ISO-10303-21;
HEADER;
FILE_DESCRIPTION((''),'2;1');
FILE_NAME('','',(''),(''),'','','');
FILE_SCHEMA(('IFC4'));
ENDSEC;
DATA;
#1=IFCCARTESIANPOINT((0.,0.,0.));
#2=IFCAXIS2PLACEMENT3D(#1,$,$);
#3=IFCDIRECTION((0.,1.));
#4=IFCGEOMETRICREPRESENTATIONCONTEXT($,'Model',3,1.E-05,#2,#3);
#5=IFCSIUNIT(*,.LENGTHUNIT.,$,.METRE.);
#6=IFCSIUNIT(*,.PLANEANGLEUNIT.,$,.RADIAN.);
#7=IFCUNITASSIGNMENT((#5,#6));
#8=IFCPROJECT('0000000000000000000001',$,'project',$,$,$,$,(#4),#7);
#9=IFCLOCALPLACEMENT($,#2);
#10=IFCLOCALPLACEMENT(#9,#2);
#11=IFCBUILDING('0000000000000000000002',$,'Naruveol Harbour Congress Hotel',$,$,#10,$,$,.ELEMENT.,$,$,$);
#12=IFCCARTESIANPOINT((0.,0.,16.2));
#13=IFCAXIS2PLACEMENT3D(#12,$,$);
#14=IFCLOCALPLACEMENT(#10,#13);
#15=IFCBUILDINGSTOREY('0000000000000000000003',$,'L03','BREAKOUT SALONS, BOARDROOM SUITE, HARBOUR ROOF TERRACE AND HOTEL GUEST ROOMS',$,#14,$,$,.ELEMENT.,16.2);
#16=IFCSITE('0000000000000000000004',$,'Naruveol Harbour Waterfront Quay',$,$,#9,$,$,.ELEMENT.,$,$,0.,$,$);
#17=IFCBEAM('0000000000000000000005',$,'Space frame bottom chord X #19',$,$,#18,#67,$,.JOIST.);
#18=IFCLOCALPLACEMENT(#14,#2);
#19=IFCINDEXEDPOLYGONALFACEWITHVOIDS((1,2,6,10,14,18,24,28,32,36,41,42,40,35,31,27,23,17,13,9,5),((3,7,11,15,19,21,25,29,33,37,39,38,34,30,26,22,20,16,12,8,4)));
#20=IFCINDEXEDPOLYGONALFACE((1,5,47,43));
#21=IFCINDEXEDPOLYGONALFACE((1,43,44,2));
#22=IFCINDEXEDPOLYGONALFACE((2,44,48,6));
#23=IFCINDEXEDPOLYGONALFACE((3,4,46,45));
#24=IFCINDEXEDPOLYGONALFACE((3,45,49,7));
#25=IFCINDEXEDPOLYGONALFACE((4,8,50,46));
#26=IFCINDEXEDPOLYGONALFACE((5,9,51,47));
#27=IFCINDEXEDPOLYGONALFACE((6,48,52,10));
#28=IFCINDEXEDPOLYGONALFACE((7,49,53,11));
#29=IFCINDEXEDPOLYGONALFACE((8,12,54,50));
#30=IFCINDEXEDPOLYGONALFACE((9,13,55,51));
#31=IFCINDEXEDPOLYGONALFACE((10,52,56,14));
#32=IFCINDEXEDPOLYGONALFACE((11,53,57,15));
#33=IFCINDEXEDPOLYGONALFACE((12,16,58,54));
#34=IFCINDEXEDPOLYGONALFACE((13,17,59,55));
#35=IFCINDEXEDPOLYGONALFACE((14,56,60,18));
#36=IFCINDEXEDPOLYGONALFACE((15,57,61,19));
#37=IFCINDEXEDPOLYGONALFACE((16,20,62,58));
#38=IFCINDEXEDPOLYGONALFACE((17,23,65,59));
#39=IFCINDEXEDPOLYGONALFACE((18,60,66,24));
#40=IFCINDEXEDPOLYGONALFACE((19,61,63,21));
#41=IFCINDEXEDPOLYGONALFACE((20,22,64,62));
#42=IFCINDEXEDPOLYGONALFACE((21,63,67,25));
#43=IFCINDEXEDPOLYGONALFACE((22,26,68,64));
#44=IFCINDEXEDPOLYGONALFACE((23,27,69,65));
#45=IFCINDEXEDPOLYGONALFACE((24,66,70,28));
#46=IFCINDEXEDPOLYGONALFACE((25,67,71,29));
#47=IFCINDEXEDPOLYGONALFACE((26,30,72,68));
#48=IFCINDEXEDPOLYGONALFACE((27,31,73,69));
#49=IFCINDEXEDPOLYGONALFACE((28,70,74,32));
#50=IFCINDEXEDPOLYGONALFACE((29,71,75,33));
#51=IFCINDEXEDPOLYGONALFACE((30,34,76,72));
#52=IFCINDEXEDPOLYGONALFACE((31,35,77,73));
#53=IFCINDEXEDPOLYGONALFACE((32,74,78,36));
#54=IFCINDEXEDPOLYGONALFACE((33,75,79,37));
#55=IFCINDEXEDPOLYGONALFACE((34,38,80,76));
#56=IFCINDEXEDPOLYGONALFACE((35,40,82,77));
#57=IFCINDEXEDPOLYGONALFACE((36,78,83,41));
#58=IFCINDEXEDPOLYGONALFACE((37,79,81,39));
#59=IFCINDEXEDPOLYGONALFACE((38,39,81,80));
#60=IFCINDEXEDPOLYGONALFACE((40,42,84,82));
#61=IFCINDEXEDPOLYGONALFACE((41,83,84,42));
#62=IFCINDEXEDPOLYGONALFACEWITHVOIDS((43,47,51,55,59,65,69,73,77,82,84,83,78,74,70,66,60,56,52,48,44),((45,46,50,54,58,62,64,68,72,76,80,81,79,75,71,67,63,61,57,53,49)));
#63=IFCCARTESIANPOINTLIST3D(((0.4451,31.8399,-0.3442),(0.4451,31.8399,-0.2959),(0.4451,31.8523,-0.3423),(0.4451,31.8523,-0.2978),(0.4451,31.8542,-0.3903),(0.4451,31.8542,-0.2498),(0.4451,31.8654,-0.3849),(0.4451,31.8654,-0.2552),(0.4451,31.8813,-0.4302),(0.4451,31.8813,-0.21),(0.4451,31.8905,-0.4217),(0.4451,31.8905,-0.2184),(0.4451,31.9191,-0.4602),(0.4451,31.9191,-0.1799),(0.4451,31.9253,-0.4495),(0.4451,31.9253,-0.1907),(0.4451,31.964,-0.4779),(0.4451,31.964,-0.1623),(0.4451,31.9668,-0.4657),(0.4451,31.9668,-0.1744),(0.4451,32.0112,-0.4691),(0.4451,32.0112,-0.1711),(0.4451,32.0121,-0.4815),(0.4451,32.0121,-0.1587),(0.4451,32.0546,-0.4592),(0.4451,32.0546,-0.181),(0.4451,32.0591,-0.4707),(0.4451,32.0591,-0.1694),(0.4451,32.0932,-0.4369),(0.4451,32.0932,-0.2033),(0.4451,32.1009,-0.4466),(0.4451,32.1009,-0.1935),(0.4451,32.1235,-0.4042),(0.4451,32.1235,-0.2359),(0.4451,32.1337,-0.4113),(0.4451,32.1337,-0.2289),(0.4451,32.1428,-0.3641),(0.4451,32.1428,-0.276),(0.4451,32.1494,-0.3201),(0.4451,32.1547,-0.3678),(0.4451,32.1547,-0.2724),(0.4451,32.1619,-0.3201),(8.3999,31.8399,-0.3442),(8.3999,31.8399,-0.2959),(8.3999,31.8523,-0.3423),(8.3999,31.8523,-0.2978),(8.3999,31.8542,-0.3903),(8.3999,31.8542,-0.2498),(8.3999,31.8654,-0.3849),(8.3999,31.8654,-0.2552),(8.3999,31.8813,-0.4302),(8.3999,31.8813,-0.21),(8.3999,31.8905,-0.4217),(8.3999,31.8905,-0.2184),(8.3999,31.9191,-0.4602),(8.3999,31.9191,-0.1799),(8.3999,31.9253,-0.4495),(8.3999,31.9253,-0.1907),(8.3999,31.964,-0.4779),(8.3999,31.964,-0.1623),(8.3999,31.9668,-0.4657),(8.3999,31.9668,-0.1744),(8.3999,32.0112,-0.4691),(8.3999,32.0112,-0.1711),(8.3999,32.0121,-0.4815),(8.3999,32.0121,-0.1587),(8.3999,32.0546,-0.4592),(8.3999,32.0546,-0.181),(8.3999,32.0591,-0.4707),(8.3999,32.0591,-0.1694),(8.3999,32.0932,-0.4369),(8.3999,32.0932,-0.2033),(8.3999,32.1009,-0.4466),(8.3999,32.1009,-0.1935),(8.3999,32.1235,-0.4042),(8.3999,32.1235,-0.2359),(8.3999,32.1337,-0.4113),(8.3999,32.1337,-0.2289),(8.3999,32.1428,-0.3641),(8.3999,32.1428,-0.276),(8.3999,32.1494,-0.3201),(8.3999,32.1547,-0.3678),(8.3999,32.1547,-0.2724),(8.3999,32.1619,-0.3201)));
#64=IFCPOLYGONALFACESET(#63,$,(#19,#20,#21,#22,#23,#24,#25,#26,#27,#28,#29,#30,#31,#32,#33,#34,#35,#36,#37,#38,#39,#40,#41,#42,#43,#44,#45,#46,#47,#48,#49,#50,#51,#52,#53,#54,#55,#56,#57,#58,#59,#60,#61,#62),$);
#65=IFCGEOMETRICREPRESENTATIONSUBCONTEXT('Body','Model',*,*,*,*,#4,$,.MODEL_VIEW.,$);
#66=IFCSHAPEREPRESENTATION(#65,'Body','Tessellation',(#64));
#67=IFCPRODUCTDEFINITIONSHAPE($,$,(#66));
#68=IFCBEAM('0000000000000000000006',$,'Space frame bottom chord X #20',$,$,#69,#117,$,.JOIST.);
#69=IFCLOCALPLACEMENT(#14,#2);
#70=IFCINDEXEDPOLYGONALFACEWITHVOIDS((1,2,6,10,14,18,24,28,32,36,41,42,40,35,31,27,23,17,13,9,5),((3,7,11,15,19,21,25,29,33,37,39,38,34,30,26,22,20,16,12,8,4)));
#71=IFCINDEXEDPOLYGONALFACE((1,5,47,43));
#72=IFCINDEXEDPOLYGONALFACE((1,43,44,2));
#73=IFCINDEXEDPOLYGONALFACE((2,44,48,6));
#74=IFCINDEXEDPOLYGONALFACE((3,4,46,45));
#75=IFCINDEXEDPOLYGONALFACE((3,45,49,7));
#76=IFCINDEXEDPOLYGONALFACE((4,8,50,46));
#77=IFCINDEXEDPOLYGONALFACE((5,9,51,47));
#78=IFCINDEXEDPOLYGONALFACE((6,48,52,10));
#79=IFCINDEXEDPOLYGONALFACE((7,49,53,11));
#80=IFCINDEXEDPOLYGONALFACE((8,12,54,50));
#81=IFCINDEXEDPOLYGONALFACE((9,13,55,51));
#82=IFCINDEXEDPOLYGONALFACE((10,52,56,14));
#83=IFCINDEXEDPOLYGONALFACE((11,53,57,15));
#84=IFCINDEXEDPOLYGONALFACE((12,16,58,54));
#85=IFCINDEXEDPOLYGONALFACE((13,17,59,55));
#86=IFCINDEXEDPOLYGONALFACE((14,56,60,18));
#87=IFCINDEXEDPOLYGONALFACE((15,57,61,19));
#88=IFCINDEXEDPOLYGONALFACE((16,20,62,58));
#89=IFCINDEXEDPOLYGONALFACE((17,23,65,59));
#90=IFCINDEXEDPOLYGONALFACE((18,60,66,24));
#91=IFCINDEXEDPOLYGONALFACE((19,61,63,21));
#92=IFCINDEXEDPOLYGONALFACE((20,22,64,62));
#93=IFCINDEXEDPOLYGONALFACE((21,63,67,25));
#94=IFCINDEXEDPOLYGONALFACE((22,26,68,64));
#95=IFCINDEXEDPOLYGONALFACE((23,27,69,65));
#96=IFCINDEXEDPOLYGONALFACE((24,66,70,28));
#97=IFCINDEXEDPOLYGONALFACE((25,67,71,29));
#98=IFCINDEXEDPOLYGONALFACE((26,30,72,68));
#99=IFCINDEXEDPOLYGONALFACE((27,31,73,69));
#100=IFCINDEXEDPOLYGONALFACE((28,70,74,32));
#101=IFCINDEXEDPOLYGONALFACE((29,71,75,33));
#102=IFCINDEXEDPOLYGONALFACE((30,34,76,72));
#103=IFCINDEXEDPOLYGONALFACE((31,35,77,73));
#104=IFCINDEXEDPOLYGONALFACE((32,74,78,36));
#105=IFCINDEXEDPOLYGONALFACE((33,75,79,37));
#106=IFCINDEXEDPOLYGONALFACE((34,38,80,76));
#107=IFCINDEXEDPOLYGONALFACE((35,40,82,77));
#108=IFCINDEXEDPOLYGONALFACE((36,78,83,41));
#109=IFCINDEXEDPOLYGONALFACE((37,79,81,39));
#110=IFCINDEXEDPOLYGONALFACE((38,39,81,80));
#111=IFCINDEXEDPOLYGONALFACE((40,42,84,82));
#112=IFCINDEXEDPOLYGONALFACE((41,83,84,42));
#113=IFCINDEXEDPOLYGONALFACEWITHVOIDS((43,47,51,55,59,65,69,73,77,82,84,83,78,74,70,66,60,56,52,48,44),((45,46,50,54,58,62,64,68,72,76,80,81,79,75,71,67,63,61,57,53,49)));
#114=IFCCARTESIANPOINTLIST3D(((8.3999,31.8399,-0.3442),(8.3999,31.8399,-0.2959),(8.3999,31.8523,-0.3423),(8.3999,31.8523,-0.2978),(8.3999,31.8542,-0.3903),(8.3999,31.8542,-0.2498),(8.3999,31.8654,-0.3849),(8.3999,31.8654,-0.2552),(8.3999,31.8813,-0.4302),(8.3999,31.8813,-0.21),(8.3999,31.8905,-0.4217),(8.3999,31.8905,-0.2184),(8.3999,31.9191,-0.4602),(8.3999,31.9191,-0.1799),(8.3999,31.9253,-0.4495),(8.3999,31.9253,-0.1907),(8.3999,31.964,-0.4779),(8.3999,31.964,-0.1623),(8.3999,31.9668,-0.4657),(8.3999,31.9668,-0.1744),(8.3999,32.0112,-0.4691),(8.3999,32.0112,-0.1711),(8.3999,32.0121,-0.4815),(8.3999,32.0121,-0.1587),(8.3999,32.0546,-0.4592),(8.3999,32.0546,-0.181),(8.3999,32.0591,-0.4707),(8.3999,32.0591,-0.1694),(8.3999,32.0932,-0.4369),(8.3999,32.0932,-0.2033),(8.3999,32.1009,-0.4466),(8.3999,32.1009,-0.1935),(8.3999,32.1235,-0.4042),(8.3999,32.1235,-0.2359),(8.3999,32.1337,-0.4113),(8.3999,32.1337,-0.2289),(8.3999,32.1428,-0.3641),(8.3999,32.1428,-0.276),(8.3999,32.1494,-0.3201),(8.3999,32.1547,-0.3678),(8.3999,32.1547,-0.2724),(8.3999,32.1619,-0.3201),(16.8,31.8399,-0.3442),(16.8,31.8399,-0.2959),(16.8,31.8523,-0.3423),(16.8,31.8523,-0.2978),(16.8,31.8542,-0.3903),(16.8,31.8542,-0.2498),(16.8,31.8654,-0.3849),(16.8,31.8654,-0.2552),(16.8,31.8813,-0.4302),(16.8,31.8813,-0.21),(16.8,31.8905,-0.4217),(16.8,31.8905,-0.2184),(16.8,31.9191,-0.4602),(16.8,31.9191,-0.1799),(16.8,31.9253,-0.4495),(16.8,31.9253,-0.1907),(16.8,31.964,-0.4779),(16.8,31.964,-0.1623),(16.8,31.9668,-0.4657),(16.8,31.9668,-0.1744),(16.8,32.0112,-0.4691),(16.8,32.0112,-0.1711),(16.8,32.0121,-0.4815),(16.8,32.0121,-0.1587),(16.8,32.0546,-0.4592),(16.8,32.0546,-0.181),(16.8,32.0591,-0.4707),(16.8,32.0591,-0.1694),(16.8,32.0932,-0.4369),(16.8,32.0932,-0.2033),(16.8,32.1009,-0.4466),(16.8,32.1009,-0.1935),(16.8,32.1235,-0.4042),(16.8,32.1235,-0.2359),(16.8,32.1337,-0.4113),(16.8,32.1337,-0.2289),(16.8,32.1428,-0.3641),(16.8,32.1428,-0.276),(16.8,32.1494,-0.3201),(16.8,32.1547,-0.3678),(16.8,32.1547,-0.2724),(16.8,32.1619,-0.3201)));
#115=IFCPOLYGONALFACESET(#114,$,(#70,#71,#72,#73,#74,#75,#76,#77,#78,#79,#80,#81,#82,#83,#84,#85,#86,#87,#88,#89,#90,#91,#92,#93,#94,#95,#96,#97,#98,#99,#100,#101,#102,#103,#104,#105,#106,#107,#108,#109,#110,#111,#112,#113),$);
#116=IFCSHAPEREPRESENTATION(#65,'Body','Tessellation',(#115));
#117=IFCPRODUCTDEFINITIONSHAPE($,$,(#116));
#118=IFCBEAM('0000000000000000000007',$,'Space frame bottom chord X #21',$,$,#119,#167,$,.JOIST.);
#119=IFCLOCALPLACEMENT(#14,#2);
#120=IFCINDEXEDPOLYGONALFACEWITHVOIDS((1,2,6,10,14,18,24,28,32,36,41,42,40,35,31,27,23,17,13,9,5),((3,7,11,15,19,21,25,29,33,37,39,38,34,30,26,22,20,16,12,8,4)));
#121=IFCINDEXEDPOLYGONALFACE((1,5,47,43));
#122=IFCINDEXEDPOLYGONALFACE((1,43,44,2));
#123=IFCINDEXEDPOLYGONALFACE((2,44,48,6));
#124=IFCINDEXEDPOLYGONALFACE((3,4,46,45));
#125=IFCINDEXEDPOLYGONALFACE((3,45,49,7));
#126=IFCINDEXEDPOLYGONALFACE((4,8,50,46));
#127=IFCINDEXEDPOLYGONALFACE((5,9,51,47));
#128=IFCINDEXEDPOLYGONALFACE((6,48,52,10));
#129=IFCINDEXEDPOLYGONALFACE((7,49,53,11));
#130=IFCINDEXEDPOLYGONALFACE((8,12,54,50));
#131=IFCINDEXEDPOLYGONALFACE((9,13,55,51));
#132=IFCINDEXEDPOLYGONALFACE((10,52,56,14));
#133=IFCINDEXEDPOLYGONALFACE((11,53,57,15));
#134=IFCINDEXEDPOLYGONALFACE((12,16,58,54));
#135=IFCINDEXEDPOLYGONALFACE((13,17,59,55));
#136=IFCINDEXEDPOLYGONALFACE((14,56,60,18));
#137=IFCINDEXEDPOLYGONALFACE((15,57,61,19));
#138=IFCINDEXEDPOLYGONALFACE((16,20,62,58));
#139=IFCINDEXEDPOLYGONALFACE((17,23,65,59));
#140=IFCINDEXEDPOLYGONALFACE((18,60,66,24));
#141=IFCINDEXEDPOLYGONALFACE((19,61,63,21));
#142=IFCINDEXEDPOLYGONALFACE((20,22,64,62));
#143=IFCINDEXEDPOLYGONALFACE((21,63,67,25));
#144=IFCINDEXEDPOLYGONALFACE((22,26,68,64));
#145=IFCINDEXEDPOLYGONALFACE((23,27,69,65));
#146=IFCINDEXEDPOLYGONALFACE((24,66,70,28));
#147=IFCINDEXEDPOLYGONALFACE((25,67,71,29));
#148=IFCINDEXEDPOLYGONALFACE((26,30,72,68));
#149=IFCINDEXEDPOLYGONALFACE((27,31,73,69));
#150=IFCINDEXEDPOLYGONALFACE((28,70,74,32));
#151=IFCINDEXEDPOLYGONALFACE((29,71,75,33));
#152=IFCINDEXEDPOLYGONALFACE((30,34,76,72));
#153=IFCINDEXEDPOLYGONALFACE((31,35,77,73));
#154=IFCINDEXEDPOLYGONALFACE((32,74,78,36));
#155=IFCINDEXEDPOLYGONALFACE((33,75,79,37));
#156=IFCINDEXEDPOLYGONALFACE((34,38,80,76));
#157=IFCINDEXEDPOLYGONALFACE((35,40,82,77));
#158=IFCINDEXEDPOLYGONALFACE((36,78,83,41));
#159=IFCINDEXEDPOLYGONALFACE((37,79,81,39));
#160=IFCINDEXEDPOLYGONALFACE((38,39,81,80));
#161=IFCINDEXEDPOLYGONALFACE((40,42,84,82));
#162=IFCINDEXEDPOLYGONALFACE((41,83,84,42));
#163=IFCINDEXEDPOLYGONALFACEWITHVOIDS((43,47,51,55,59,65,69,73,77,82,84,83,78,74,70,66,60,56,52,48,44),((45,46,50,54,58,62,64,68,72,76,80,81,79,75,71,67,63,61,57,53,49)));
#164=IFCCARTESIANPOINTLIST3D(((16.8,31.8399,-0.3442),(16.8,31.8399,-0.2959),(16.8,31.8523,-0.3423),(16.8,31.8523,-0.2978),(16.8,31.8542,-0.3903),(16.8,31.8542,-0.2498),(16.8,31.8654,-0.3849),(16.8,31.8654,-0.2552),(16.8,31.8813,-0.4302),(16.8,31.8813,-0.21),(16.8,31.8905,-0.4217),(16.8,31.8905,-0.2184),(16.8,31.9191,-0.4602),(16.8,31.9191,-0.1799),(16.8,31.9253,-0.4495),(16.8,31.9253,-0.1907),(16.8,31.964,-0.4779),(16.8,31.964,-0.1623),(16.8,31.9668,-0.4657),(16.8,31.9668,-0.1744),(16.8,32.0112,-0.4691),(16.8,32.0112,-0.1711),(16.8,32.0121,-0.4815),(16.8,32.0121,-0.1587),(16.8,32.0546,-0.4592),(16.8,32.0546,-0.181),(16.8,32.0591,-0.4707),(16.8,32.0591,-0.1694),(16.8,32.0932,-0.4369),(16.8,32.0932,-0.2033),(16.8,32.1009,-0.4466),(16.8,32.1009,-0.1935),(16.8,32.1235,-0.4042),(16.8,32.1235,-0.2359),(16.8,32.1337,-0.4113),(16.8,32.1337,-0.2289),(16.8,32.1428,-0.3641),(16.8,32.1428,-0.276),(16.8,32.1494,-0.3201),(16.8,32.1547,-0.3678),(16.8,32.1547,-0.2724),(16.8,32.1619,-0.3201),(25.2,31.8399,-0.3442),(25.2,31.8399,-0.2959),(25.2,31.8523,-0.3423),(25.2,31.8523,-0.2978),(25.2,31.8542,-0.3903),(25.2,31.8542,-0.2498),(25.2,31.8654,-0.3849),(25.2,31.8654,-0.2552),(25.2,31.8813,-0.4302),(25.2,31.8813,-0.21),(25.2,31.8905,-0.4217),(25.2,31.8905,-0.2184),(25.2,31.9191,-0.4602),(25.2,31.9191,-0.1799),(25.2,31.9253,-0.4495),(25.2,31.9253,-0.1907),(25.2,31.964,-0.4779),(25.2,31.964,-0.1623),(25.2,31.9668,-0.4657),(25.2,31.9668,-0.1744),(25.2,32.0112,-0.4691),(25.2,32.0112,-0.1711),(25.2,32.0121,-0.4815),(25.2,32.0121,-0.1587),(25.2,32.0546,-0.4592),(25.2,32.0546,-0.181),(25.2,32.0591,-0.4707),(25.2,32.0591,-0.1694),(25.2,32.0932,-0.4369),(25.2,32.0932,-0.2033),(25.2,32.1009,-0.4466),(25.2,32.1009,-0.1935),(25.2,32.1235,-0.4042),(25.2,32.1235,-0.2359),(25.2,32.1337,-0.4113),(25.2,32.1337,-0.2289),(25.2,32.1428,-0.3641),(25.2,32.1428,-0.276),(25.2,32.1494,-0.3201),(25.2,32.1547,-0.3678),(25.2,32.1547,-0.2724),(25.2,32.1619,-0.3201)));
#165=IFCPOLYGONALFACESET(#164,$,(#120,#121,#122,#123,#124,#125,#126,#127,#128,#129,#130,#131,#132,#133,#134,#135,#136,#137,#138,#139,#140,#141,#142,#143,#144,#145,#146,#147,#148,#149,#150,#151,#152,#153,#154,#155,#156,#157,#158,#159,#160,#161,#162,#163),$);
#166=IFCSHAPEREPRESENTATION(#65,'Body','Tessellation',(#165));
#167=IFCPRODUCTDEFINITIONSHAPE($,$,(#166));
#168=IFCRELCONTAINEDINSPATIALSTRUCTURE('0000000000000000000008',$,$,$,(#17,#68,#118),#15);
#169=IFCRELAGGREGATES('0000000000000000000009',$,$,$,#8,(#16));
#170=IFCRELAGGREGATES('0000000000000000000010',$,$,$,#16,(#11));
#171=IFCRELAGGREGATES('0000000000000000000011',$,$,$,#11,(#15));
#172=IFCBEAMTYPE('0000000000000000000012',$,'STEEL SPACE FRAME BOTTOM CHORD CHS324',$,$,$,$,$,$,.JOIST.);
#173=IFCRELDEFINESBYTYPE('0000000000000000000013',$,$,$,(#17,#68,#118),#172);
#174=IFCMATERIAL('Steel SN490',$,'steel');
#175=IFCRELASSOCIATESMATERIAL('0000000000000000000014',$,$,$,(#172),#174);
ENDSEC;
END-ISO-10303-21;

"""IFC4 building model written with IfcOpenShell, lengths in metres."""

from ifc_helpers import new_model, si_unit, direction, frame, origin, origin_2d, place, context, subcontext, project, spatial, hollow_circle, extrude, material, material_profile, profile_set, type_object, element, save


model = new_model("IFC4")

# Units and contexts
model_context = context("Model", 3, precision=1e-05, world=origin(), true_north=direction((0.0, 1.0)))
body_context = subcontext(model_context, "Body", "Model", "MODEL_VIEW")
ifc_project = project(units=[si_unit("LENGTHUNIT", "METRE"), si_unit("PLANEANGLEUNIT", "RADIAN")], contexts=[model_context])

# Site, building, storey
site_placement = place(None, origin())
site = spatial("IfcSite", under=ifc_project, at=site_placement, Name="Naruveol Harbour Waterfront Quay", CompositionType="ELEMENT", RefElevation=0.0)
building_placement = place(site_placement, origin())
building = spatial("IfcBuilding", under=site, at=building_placement, Name="Naruveol Harbour Congress Hotel", CompositionType="ELEMENT")
storey_placement = place(building_placement, frame((0.0, 0.0, 16.2)))
storey = spatial("IfcBuildingStorey", under=building, at=storey_placement, Name="L03", Description="BREAKOUT SALONS, BOARDROOM SUITE, HARBOUR ROOF TERRACE AND HOTEL GUEST ROOMS", CompositionType="ELEMENT", Elevation=16.2)

# Beams
ifc_material_1 = material(Name="Steel SN490", Category="steel")
ifc_material_profile_1 = material_profile(ifc_material_1, hollow_circle(Radius=0.1619, WallThickness=0.0125, at=origin_2d()), Name="CHS-323.9x12.5")
ifc_profile_set_1 = profile_set([ifc_material_profile_1], Name="Steel SN490")
beam_type_1 = type_object("IfcBeamType", Name="STEEL SPACE FRAME BOTTOM CHORD CHS324", PredefinedType="JOIST", material=ifc_profile_set_1)
beam_1_placement = place(storey_placement, frame((0.4451, 32.0, -0.3201), z_axis=(1.0, 0.0, 0.0), x_axis=(0.0, 1.0, 0.0)))
element("IfcBeam", 1, at=beam_1_placement, inside=storey, type_object=beam_type_1, Name="Space frame bottom chord X #19", PredefinedType="JOIST", context=body_context, shape_type="SweptSolid", body=[
    extrude(hollow_circle(Radius=0.1619, WallThickness=0.0125, at=origin_2d()), origin(), (0.0, 0.0, 1.0), 7.9548),
])
beam_2_placement = place(storey_placement, frame((8.3999, 32.0, -0.3201), z_axis=(1.0, 0.0, 0.0), x_axis=(0.0, 1.0, 0.0)))
element("IfcBeam", 2, at=beam_2_placement, inside=storey, type_object=beam_type_1, Name="Space frame bottom chord X #20", PredefinedType="JOIST", context=body_context, shape_type="SweptSolid", body=[
    extrude(hollow_circle(Radius=0.1619, WallThickness=0.0125, at=origin_2d()), origin(), (0.0, 0.0, 1.0), 8.4001),
])
beam_3_placement = place(storey_placement, frame((16.8, 32.0, -0.3201), z_axis=(1.0, 0.0, 0.0), x_axis=(0.0, 1.0, 0.0)))
element("IfcBeam", 3, at=beam_3_placement, inside=storey, type_object=beam_type_1, Name="Space frame bottom chord X #21", PredefinedType="JOIST", context=body_context, shape_type="SweptSolid", body=[
    extrude(hollow_circle(Radius=0.1619, WallThickness=0.0125, at=origin_2d()), origin(), (0.0, 0.0, 1.0), 8.3999),
])

save(model, "model.ifc")
